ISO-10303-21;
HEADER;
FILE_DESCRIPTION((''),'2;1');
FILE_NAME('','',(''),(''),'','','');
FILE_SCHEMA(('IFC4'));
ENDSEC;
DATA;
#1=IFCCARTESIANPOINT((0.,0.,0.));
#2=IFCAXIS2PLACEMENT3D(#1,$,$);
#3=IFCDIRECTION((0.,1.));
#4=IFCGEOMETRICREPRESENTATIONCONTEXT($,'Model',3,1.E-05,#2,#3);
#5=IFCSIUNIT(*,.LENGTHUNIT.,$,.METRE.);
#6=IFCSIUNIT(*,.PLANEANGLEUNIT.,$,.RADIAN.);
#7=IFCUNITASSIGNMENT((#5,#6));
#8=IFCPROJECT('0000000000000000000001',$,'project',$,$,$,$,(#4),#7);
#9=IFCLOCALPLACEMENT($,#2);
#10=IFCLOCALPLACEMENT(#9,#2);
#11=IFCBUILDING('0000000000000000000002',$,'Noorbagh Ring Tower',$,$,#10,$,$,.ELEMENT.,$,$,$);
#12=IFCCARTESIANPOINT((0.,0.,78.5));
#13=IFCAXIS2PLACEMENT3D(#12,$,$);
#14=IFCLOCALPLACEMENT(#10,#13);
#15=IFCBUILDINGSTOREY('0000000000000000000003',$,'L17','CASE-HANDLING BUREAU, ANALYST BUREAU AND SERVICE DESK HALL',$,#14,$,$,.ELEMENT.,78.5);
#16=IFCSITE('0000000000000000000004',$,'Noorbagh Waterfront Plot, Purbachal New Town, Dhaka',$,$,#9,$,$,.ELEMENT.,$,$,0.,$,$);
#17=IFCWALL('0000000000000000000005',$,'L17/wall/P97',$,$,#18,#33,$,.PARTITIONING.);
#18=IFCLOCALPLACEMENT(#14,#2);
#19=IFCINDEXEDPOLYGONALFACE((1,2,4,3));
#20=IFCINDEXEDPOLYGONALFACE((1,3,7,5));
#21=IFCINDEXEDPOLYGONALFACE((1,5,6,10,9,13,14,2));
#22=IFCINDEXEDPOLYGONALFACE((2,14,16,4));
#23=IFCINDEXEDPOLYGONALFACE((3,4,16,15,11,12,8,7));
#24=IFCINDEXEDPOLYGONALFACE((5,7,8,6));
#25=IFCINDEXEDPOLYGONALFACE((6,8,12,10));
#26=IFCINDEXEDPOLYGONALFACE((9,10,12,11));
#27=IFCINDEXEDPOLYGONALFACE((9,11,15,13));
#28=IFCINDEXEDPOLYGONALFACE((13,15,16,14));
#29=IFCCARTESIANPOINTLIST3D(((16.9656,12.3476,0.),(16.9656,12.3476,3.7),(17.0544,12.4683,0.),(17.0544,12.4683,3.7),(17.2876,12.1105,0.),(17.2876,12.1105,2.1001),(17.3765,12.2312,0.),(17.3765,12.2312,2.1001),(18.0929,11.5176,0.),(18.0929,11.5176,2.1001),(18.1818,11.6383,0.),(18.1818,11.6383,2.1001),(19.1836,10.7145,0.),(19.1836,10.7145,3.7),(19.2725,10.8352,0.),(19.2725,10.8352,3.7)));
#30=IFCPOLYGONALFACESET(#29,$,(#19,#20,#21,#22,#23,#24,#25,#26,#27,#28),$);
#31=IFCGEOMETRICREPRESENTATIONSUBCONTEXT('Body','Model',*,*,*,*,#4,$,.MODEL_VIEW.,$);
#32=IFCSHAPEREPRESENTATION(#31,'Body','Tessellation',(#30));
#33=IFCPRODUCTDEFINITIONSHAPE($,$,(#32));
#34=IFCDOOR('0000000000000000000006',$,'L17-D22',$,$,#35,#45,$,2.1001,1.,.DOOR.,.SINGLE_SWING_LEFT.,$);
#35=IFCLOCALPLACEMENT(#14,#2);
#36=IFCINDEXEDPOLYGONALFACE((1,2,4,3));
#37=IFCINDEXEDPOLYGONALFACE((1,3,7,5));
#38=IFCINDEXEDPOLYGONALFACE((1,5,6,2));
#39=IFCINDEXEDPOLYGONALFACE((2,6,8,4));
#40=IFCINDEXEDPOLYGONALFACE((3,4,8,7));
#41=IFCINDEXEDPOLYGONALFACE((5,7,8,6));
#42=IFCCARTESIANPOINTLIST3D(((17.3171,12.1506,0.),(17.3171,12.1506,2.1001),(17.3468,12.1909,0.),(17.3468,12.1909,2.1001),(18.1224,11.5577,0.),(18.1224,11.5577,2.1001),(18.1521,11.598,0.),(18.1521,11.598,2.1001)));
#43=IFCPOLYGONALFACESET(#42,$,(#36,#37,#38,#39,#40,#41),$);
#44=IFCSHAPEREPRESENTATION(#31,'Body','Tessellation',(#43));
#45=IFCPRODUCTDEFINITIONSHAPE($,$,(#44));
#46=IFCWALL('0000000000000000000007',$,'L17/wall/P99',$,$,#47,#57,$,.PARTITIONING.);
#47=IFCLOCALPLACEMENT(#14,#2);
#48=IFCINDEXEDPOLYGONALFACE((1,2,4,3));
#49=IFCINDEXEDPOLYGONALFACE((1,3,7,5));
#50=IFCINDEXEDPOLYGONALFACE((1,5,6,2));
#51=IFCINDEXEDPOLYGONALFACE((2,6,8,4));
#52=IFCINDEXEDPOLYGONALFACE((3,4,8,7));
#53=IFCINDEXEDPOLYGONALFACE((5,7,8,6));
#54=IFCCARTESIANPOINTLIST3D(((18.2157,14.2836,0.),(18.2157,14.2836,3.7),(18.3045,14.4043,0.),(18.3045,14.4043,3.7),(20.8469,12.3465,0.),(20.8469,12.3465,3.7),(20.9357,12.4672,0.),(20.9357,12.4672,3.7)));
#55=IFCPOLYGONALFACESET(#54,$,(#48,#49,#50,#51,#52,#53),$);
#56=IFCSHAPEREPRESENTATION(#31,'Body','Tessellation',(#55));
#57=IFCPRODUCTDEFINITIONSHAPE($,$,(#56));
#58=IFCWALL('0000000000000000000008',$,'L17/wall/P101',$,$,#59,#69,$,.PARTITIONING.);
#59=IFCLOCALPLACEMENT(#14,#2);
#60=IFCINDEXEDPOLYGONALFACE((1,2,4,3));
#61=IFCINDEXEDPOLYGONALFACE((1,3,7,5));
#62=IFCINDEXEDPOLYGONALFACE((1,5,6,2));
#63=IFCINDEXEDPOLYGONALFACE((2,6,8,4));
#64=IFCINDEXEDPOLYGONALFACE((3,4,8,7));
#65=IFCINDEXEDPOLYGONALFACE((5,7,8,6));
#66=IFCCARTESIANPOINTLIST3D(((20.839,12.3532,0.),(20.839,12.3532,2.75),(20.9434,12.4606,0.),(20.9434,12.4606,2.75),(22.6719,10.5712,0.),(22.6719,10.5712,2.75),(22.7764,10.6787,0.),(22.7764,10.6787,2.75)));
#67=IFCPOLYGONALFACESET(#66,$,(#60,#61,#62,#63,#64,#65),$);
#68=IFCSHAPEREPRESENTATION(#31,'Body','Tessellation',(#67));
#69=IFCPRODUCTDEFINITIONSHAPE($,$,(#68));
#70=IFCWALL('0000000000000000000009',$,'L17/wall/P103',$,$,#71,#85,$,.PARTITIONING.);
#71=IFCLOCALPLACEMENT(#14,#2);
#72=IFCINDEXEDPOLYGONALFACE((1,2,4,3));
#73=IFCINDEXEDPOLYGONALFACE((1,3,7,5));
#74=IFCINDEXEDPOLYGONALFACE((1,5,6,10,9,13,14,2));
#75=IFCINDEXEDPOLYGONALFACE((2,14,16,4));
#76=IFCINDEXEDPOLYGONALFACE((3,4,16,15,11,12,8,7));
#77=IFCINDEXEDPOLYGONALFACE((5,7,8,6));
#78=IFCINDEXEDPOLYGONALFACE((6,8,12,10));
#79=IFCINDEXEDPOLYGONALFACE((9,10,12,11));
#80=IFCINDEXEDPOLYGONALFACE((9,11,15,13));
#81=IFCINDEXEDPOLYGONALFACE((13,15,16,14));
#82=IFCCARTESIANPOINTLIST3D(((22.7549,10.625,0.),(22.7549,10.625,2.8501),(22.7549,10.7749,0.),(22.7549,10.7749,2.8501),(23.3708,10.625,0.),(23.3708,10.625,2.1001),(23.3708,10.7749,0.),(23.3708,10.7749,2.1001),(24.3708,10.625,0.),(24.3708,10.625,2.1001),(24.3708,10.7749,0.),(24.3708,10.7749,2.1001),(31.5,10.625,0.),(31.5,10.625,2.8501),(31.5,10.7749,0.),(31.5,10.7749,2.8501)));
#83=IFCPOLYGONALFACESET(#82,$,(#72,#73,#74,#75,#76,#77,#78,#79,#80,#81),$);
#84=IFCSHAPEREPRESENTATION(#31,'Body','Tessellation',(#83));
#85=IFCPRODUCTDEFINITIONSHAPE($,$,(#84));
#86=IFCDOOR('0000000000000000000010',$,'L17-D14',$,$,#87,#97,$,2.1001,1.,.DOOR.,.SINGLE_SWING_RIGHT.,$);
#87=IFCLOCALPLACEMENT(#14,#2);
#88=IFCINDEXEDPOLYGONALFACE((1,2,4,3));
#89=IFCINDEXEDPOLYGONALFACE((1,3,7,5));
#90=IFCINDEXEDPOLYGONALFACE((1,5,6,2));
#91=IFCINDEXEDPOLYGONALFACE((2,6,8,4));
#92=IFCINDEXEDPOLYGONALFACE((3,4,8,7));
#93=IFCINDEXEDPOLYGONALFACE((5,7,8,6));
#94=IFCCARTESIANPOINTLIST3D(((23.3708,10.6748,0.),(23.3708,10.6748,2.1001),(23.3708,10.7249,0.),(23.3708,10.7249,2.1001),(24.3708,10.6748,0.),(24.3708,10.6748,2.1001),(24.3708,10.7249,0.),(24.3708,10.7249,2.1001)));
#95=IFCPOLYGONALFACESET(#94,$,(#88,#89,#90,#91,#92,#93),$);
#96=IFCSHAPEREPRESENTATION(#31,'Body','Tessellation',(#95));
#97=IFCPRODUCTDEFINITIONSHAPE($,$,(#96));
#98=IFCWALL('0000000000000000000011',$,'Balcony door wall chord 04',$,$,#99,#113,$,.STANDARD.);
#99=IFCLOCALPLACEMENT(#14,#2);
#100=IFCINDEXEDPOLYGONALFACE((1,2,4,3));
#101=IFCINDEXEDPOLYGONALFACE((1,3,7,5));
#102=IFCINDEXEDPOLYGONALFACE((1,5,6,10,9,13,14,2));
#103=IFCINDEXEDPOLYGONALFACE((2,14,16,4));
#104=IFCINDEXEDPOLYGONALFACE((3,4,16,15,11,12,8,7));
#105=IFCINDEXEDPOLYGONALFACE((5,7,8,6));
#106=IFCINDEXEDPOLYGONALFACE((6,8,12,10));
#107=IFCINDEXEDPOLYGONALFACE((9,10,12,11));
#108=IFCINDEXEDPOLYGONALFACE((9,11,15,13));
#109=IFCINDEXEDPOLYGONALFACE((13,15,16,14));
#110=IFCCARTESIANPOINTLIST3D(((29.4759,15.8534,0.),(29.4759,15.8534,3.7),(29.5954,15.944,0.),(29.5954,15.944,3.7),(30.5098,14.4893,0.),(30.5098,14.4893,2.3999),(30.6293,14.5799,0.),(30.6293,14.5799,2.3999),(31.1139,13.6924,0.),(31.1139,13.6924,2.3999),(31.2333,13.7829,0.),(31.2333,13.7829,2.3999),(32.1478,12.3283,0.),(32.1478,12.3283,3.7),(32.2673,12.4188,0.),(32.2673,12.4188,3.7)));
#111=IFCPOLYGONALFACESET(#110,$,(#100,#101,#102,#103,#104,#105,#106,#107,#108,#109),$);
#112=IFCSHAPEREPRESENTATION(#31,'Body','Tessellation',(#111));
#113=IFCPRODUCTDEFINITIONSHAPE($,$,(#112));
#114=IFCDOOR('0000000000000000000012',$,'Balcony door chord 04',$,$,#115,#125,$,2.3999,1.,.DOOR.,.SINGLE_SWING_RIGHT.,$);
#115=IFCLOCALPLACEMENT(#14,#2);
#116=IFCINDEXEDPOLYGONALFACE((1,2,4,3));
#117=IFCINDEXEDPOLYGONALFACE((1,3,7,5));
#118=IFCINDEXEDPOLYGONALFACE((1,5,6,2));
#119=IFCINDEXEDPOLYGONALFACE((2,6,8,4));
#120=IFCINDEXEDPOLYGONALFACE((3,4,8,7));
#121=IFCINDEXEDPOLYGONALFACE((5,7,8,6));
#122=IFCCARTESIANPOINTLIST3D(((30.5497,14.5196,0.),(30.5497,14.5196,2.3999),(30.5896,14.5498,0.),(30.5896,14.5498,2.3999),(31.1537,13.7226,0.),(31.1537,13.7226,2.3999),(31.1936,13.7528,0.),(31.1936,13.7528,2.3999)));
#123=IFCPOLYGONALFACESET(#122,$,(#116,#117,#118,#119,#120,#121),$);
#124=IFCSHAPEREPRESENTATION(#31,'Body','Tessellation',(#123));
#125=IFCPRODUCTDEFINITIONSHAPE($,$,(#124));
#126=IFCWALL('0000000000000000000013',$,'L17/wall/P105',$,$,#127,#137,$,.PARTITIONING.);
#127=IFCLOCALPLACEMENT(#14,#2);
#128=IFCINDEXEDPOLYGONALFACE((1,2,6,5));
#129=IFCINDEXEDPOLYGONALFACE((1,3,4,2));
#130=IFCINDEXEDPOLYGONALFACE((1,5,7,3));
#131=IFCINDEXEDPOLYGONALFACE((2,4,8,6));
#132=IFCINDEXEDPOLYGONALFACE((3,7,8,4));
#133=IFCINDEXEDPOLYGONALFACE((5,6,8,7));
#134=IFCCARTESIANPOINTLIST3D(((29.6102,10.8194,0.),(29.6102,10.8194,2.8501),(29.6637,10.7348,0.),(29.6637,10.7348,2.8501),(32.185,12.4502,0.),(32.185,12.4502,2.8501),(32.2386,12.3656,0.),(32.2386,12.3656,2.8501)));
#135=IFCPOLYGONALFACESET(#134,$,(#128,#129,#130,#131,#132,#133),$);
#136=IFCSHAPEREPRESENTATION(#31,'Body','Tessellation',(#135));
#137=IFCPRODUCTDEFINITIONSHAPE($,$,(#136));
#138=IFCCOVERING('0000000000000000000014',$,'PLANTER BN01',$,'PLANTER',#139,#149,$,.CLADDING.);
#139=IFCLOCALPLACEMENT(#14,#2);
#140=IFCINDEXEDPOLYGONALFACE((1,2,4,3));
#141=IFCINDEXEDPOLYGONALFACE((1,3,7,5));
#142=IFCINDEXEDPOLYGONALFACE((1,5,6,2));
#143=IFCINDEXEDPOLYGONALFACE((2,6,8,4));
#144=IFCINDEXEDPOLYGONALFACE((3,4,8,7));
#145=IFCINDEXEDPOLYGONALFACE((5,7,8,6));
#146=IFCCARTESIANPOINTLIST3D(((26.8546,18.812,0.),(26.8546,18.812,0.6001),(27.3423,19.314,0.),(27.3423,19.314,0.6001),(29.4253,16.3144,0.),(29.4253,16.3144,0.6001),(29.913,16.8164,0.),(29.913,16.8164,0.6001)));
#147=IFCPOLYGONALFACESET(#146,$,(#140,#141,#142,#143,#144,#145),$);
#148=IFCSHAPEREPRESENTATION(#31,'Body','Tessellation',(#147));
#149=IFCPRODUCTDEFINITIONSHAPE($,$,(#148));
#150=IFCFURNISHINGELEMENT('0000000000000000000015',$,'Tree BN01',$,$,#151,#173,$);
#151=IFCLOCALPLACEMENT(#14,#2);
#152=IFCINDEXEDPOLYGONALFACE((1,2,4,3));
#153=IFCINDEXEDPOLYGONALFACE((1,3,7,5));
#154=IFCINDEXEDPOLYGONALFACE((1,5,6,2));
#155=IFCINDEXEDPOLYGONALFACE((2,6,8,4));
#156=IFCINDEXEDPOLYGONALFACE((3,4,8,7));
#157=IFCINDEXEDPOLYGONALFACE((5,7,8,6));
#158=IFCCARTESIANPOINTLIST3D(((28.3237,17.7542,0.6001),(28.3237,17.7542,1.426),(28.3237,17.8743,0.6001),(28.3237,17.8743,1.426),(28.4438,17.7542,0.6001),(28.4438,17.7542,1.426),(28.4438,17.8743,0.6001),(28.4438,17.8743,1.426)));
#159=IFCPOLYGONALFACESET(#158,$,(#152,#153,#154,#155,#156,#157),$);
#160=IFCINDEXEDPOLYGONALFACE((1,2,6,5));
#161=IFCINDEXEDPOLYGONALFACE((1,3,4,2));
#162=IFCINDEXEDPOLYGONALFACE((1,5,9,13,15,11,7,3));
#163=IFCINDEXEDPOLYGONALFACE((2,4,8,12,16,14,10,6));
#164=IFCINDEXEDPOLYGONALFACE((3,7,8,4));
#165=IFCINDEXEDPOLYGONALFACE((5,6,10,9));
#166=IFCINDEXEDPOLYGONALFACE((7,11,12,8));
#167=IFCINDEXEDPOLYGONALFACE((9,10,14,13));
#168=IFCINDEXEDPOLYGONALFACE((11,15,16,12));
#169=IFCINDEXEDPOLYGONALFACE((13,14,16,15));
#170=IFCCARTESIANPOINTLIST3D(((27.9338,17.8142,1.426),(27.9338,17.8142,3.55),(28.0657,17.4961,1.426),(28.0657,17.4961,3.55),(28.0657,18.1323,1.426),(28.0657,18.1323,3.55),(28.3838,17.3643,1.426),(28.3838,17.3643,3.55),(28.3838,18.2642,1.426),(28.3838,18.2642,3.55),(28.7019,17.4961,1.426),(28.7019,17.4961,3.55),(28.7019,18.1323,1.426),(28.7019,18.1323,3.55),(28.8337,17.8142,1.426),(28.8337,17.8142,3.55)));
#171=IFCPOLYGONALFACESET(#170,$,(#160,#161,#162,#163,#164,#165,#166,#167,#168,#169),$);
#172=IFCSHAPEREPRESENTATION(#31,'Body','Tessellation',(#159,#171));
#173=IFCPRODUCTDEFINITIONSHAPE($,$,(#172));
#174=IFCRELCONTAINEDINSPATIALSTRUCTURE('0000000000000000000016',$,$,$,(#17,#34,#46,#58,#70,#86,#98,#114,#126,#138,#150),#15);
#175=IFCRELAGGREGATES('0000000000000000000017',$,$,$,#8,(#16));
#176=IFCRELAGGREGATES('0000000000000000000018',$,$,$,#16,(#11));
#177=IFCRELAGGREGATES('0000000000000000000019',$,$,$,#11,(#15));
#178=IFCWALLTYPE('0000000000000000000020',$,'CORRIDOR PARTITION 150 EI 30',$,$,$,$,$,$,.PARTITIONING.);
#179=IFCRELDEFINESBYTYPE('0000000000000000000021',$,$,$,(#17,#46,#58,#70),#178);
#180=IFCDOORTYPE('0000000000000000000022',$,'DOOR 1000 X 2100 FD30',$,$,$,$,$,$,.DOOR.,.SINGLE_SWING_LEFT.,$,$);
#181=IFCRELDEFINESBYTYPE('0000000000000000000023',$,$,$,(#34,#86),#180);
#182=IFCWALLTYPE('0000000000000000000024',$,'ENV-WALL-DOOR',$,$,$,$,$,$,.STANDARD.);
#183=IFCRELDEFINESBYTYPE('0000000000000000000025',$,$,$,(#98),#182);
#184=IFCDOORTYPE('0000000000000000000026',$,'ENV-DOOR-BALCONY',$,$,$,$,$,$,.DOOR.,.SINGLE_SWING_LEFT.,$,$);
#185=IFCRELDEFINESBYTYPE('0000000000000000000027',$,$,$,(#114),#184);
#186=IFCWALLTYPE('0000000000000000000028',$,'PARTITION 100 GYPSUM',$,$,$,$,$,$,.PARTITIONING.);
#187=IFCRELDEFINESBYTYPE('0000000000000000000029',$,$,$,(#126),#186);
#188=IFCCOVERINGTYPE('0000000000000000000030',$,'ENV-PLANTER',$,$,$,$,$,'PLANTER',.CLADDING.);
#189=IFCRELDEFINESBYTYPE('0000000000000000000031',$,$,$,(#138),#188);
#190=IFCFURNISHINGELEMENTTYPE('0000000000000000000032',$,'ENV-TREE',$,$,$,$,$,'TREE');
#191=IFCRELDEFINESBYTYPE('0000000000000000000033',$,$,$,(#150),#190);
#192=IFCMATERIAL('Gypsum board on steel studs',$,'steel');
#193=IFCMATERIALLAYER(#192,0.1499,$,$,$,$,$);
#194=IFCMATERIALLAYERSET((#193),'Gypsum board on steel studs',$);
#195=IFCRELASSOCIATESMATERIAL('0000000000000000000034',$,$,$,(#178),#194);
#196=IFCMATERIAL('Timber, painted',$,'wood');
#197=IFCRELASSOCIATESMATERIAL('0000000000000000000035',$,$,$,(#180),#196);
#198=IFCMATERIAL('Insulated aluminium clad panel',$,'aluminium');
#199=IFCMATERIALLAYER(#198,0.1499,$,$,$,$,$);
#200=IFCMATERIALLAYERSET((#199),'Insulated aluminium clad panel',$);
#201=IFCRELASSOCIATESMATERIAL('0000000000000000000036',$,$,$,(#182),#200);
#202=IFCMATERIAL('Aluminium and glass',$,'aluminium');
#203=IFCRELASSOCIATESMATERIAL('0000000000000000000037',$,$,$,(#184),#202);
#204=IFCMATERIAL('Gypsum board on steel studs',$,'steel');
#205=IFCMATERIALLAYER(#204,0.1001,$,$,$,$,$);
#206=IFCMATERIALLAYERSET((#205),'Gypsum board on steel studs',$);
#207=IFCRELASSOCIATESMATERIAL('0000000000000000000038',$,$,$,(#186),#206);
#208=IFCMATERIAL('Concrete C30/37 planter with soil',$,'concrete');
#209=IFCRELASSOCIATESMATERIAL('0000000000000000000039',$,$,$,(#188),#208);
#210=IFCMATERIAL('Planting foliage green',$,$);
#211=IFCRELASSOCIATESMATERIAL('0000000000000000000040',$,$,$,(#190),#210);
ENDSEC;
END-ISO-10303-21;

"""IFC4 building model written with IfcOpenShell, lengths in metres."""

from ifc_helpers import new_model, si_unit, direction, frame, frame_2d, origin, origin_2d, place, context, subcontext, project, spatial, polyline, rectangle, outline, extrude, material, layer, layer_set, type_object, element, fill, save


model = new_model("IFC4")

# Units and contexts
model_context = context("Model", 3, precision=1e-05, world=origin(), true_north=direction((0.0, 1.0)))
body_context = subcontext(model_context, "Body", "Model", "MODEL_VIEW")
ifc_project = project(units=[si_unit("LENGTHUNIT", "METRE"), si_unit("PLANEANGLEUNIT", "RADIAN")], contexts=[model_context])

# Site, building, storey
site_placement = place(None, origin())
site = spatial("IfcSite", under=ifc_project, at=site_placement, Name="Noorbagh Waterfront Plot, Purbachal New Town, Dhaka", CompositionType="ELEMENT", RefElevation=0.0)
building_placement = place(site_placement, origin())
building = spatial("IfcBuilding", under=site, at=building_placement, Name="Noorbagh Ring Tower", CompositionType="ELEMENT")
storey_placement = place(building_placement, frame((0.0, 0.0, 78.5)))
storey = spatial("IfcBuildingStorey", under=building, at=storey_placement, Name="L17", Description="CASE-HANDLING BUREAU, ANALYST BUREAU AND SERVICE DESK HALL", CompositionType="ELEMENT", Elevation=78.5)

# Shared definitions
ifc_material_1 = material(Name="Gypsum board on steel studs", Category="steel")
ifc_layer_1 = layer(ifc_material_1, 0.1499)
ifc_layer_set_1 = layer_set([ifc_layer_1], Name="Gypsum board on steel studs")
wall_type_1 = type_object("IfcWallType", Name="CORRIDOR PARTITION 150 EI 30", PredefinedType="PARTITIONING", material=ifc_layer_set_1)

# Wall, opening, door
wall_1_placement = place(storey_placement, frame((17.01, 12.408, 0.0), z_axis=(0.0, 0.0, 1.0), x_axis=(0.805276, -0.5929, 0.0)))
wall_1 = element("IfcWall", 1, at=wall_1_placement, inside=storey, type_object=wall_type_1, Name="L17/wall/P97", PredefinedType="PARTITIONING", context=body_context, shape_type="SweptSolid", body=[
    extrude(rectangle(XDim=2.7544, YDim=0.1499, at=frame_2d((1.3772, 0.0))), origin(), (0.0, 0.0, 1.0), 3.7),
])
opening_1_placement = place(wall_1_placement, frame((0.3999, 0.0, 0.0)))
opening_1 = element("IfcOpeningElement", 2, at=opening_1_placement, cuts=wall_1, PredefinedType="OPENING", context=body_context, shape_type="SweptSolid", body=[
    extrude(rectangle(XDim=1.0, YDim=2.1001, at=frame_2d((0.5, 1.05))), frame((0.0, 0.085, 0.0), z_axis=(0.0, -1.0, 0.0), x_axis=(1.0, 0.0, 0.0)), (0.0, 0.0, 1.0), 0.1699),
])
ifc_material_2 = material(Name="Timber, painted", Category="wood")
door_type_1 = type_object("IfcDoorType", Name="DOOR 1000 X 2100 FD30", OperationType="SINGLE_SWING_LEFT", PredefinedType="DOOR", material=ifc_material_2)
door_1_placement = place(opening_1_placement, origin())
door_1 = element("IfcDoor", 3, at=door_1_placement, inside=storey, type_object=door_type_1, Name="L17-D22", OperationType="SINGLE_SWING_LEFT", OverallHeight=2.1001, OverallWidth=1.0, PredefinedType="DOOR", context=body_context, shape_type="SweptSolid", body=[
    extrude(rectangle(XDim=1.0, YDim=2.1001, at=frame_2d((0.5, 1.05))), frame((0.0, 0.0249, 0.0), z_axis=(0.0, -1.0, 0.0), x_axis=(1.0, 0.0, 0.0)), (0.0, 0.0, 1.0), 0.05),
])
fill(opening_1, door_1)

# Walls
wall_2_placement = place(storey_placement, frame((18.26, 14.344, 0.0), z_axis=(0.0, 0.0, 1.0), x_axis=(0.805304, -0.592863, 0.0)))
element("IfcWall", 4, at=wall_2_placement, inside=storey, type_object=wall_type_1, Name="L17/wall/P99", PredefinedType="PARTITIONING", context=body_context, shape_type="SweptSolid", body=[
    extrude(rectangle(XDim=3.2673, YDim=0.1499, at=frame_2d((1.6338, 0.0))), origin(), (0.0, 0.0, 1.0), 3.7),
])
wall_3_placement = place(storey_placement, frame((20.8911, 12.407, 0.0), z_axis=(0.0, 0.0, 1.0), x_axis=(0.717016, -0.697057, 0.0)))
element("IfcWall", 5, at=wall_3_placement, inside=storey, type_object=wall_type_1, Name="L17/wall/P101", PredefinedType="PARTITIONING", context=body_context, shape_type="SweptSolid", body=[
    extrude(rectangle(XDim=2.5564, YDim=0.1499, at=frame_2d((1.2783, 0.0))), origin(), (0.0, 0.0, 1.0), 2.75),
])

# Walls, openings, doors
wall_4_placement = place(storey_placement, frame((22.7549, 10.7, 0.0), z_axis=(0.0, 0.0, 1.0), x_axis=(1.0, 0.0, 0.0)))
wall_4 = element("IfcWall", 6, at=wall_4_placement, inside=storey, type_object=wall_type_1, Name="L17/wall/P103", PredefinedType="PARTITIONING", context=body_context, shape_type="SweptSolid", body=[
    extrude(rectangle(XDim=8.7451, YDim=0.1499, at=frame_2d((4.3726, 0.0))), origin(), (0.0, 0.0, 1.0), 2.8501),
])
opening_2_placement = place(wall_4_placement, frame((0.616, 0.0, 0.0)))
opening_2 = element("IfcOpeningElement", 7, at=opening_2_placement, cuts=wall_4, PredefinedType="OPENING", context=body_context, shape_type="SweptSolid", body=[
    extrude(rectangle(XDim=1.0, YDim=2.1001, at=frame_2d((0.5, 1.05))), frame((0.0, 0.085, 0.0), z_axis=(0.0, -1.0, 0.0), x_axis=(1.0, 0.0, 0.0)), (0.0, 0.0, 1.0), 0.1699),
])
door_2_placement = place(opening_2_placement, origin())
door_2 = element("IfcDoor", 8, at=door_2_placement, inside=storey, type_object=door_type_1, Name="L17-D14", OperationType="SINGLE_SWING_RIGHT", OverallHeight=2.1001, OverallWidth=1.0, PredefinedType="DOOR", context=body_context, shape_type="SweptSolid", body=[
    extrude(rectangle(XDim=1.0, YDim=2.1001, at=frame_2d((0.5, 1.05))), frame((0.0, 0.0249, 0.0), z_axis=(0.0, -1.0, 0.0), x_axis=(1.0, 0.0, 0.0)), (0.0, 0.0, 1.0), 0.05),
])
fill(opening_2, door_2)
ifc_material_3 = material(Name="Insulated aluminium clad panel", Category="aluminium")
ifc_layer_2 = layer(ifc_material_3, 0.1499)
ifc_layer_set_2 = layer_set([ifc_layer_2], Name="Insulated aluminium clad panel")
wall_type_2 = type_object("IfcWallType", Name="ENV-WALL-DOOR", PredefinedType="STANDARD", material=ifc_layer_set_2)
wall_5_placement = place(storey_placement, frame((32.2075, 12.3735, 0.0), z_axis=(0.0, 0.0, 1.0), x_axis=(-0.604046, 0.79695, 0.0)))
wall_5 = element("IfcWall", 9, at=wall_5_placement, inside=storey, type_object=wall_type_2, Name="Balcony door wall chord 04", PredefinedType="STANDARD", context=body_context, shape_type="SweptSolid", body=[
    extrude(rectangle(XDim=4.4233, YDim=0.1499, at=frame_2d((2.2117, 0.0))), origin(), (0.0, 0.0, 1.0), 3.7),
])
opening_3_placement = place(wall_5_placement, frame((1.7117, 0.0, 0.0)))
opening_3 = element("IfcOpeningElement", 10, at=opening_3_placement, cuts=wall_5, PredefinedType="OPENING", context=body_context, shape_type="SweptSolid", body=[
    extrude(rectangle(XDim=1.0, YDim=2.3999, at=frame_2d((0.5, 1.2))), frame((0.0, 0.085, 0.0), z_axis=(0.0, -1.0, 0.0), x_axis=(1.0, 0.0, 0.0)), (0.0, 0.0, 1.0), 0.1699),
])
ifc_material_4 = material(Name="Aluminium and glass", Category="aluminium")
door_type_2 = type_object("IfcDoorType", Name="ENV-DOOR-BALCONY", OperationType="SINGLE_SWING_LEFT", PredefinedType="DOOR", material=ifc_material_4)
door_3_placement = place(opening_3_placement, origin())
door_3 = element("IfcDoor", 11, at=door_3_placement, inside=storey, type_object=door_type_2, Name="Balcony door chord 04", OperationType="SINGLE_SWING_RIGHT", OverallHeight=2.3999, OverallWidth=1.0, PredefinedType="DOOR", context=body_context, shape_type="SweptSolid", body=[
    extrude(rectangle(XDim=1.0, YDim=2.3999, at=frame_2d((0.5, 1.2))), frame((0.0, 0.0249, 0.0), z_axis=(0.0, -1.0, 0.0), x_axis=(1.0, 0.0, 0.0)), (0.0, 0.0, 1.0), 0.05),
])
fill(opening_3, door_3)

# Wall
ifc_material_5 = material(Name="Gypsum board on steel studs", Category="steel")
ifc_layer_3 = layer(ifc_material_5, 0.1001)
ifc_layer_set_3 = layer_set([ifc_layer_3], Name="Gypsum board on steel studs")
wall_type_3 = type_object("IfcWallType", Name="PARTITION 100 GYPSUM", PredefinedType="PARTITIONING", material=ifc_layer_set_3)
wall_6_placement = place(storey_placement, frame((29.637, 10.7771, 0.0), z_axis=(0.0, 0.0, 1.0), x_axis=(0.844811, 0.535065, 0.0)))
element("IfcWall", 12, at=wall_6_placement, inside=storey, type_object=wall_type_3, Name="L17/wall/P105", PredefinedType="PARTITIONING", context=body_context, shape_type="SweptSolid", body=[
    extrude(rectangle(XDim=3.0479, YDim=0.1001, at=frame_2d((1.5239, 0.0))), origin(), (0.0, 0.0, 1.0), 2.8501),
])

# Covering
ifc_material_6 = material(Name="Concrete C30/37 planter with soil", Category="concrete")
covering_type = type_object("IfcCoveringType", Name="ENV-PLANTER", ElementType="PLANTER", PredefinedType="CLADDING", material=ifc_material_6)
covering_placement = place(storey_placement, frame((28.3838, 17.8142, 0.0), z_axis=(0.0, 0.0, 1.0), x_axis=(-0.717225, 0.696842, 0.0)))
element("IfcCovering", 13, at=covering_placement, inside=storey, type_object=covering_type, Name="PLANTER BN01", ObjectType="PLANTER", PredefinedType="CLADDING", context=body_context, shape_type="SweptSolid", body=[
    extrude(rectangle(XDim=3.5842, YDim=0.7, at=origin_2d()), origin(), (0.0, 0.0, 1.0), 0.6001),
])

# Furnishing element
ifc_material_7 = material(Name="Planting foliage green")
furnishing_element_type = type_object("IfcFurnishingElementType", Name="ENV-TREE", ElementType="TREE", material=ifc_material_7)
furnishing_placement = place(storey_placement, frame((28.3838, 17.8142, 0.6001), z_axis=(0.0, 0.0, 1.0), x_axis=(1.0, 0.0, 0.0)))
element("IfcFurnishingElement", 14, at=furnishing_placement, inside=storey, type_object=furnishing_element_type, Name="Tree BN01", context=body_context, shape_type="SweptSolid", body=[
    extrude(rectangle(XDim=0.1201, YDim=0.1201, at=origin_2d()), origin(), (0.0, 0.0, 1.0), 0.8259),
    extrude(outline(polyline([(0.45, 0.0), (0.3181, 0.3181), (0.0, 0.45), (-0.3181, 0.3181), (-0.45, 0.0), (-0.3181, -0.3181), (0.0, -0.45), (0.3181, -0.3181), (0.45, 0.0)])), frame((0.0, 0.0, 0.8259)), (0.0, 0.0, 1.0), 2.124),
])

save(model, "model.ifc")
